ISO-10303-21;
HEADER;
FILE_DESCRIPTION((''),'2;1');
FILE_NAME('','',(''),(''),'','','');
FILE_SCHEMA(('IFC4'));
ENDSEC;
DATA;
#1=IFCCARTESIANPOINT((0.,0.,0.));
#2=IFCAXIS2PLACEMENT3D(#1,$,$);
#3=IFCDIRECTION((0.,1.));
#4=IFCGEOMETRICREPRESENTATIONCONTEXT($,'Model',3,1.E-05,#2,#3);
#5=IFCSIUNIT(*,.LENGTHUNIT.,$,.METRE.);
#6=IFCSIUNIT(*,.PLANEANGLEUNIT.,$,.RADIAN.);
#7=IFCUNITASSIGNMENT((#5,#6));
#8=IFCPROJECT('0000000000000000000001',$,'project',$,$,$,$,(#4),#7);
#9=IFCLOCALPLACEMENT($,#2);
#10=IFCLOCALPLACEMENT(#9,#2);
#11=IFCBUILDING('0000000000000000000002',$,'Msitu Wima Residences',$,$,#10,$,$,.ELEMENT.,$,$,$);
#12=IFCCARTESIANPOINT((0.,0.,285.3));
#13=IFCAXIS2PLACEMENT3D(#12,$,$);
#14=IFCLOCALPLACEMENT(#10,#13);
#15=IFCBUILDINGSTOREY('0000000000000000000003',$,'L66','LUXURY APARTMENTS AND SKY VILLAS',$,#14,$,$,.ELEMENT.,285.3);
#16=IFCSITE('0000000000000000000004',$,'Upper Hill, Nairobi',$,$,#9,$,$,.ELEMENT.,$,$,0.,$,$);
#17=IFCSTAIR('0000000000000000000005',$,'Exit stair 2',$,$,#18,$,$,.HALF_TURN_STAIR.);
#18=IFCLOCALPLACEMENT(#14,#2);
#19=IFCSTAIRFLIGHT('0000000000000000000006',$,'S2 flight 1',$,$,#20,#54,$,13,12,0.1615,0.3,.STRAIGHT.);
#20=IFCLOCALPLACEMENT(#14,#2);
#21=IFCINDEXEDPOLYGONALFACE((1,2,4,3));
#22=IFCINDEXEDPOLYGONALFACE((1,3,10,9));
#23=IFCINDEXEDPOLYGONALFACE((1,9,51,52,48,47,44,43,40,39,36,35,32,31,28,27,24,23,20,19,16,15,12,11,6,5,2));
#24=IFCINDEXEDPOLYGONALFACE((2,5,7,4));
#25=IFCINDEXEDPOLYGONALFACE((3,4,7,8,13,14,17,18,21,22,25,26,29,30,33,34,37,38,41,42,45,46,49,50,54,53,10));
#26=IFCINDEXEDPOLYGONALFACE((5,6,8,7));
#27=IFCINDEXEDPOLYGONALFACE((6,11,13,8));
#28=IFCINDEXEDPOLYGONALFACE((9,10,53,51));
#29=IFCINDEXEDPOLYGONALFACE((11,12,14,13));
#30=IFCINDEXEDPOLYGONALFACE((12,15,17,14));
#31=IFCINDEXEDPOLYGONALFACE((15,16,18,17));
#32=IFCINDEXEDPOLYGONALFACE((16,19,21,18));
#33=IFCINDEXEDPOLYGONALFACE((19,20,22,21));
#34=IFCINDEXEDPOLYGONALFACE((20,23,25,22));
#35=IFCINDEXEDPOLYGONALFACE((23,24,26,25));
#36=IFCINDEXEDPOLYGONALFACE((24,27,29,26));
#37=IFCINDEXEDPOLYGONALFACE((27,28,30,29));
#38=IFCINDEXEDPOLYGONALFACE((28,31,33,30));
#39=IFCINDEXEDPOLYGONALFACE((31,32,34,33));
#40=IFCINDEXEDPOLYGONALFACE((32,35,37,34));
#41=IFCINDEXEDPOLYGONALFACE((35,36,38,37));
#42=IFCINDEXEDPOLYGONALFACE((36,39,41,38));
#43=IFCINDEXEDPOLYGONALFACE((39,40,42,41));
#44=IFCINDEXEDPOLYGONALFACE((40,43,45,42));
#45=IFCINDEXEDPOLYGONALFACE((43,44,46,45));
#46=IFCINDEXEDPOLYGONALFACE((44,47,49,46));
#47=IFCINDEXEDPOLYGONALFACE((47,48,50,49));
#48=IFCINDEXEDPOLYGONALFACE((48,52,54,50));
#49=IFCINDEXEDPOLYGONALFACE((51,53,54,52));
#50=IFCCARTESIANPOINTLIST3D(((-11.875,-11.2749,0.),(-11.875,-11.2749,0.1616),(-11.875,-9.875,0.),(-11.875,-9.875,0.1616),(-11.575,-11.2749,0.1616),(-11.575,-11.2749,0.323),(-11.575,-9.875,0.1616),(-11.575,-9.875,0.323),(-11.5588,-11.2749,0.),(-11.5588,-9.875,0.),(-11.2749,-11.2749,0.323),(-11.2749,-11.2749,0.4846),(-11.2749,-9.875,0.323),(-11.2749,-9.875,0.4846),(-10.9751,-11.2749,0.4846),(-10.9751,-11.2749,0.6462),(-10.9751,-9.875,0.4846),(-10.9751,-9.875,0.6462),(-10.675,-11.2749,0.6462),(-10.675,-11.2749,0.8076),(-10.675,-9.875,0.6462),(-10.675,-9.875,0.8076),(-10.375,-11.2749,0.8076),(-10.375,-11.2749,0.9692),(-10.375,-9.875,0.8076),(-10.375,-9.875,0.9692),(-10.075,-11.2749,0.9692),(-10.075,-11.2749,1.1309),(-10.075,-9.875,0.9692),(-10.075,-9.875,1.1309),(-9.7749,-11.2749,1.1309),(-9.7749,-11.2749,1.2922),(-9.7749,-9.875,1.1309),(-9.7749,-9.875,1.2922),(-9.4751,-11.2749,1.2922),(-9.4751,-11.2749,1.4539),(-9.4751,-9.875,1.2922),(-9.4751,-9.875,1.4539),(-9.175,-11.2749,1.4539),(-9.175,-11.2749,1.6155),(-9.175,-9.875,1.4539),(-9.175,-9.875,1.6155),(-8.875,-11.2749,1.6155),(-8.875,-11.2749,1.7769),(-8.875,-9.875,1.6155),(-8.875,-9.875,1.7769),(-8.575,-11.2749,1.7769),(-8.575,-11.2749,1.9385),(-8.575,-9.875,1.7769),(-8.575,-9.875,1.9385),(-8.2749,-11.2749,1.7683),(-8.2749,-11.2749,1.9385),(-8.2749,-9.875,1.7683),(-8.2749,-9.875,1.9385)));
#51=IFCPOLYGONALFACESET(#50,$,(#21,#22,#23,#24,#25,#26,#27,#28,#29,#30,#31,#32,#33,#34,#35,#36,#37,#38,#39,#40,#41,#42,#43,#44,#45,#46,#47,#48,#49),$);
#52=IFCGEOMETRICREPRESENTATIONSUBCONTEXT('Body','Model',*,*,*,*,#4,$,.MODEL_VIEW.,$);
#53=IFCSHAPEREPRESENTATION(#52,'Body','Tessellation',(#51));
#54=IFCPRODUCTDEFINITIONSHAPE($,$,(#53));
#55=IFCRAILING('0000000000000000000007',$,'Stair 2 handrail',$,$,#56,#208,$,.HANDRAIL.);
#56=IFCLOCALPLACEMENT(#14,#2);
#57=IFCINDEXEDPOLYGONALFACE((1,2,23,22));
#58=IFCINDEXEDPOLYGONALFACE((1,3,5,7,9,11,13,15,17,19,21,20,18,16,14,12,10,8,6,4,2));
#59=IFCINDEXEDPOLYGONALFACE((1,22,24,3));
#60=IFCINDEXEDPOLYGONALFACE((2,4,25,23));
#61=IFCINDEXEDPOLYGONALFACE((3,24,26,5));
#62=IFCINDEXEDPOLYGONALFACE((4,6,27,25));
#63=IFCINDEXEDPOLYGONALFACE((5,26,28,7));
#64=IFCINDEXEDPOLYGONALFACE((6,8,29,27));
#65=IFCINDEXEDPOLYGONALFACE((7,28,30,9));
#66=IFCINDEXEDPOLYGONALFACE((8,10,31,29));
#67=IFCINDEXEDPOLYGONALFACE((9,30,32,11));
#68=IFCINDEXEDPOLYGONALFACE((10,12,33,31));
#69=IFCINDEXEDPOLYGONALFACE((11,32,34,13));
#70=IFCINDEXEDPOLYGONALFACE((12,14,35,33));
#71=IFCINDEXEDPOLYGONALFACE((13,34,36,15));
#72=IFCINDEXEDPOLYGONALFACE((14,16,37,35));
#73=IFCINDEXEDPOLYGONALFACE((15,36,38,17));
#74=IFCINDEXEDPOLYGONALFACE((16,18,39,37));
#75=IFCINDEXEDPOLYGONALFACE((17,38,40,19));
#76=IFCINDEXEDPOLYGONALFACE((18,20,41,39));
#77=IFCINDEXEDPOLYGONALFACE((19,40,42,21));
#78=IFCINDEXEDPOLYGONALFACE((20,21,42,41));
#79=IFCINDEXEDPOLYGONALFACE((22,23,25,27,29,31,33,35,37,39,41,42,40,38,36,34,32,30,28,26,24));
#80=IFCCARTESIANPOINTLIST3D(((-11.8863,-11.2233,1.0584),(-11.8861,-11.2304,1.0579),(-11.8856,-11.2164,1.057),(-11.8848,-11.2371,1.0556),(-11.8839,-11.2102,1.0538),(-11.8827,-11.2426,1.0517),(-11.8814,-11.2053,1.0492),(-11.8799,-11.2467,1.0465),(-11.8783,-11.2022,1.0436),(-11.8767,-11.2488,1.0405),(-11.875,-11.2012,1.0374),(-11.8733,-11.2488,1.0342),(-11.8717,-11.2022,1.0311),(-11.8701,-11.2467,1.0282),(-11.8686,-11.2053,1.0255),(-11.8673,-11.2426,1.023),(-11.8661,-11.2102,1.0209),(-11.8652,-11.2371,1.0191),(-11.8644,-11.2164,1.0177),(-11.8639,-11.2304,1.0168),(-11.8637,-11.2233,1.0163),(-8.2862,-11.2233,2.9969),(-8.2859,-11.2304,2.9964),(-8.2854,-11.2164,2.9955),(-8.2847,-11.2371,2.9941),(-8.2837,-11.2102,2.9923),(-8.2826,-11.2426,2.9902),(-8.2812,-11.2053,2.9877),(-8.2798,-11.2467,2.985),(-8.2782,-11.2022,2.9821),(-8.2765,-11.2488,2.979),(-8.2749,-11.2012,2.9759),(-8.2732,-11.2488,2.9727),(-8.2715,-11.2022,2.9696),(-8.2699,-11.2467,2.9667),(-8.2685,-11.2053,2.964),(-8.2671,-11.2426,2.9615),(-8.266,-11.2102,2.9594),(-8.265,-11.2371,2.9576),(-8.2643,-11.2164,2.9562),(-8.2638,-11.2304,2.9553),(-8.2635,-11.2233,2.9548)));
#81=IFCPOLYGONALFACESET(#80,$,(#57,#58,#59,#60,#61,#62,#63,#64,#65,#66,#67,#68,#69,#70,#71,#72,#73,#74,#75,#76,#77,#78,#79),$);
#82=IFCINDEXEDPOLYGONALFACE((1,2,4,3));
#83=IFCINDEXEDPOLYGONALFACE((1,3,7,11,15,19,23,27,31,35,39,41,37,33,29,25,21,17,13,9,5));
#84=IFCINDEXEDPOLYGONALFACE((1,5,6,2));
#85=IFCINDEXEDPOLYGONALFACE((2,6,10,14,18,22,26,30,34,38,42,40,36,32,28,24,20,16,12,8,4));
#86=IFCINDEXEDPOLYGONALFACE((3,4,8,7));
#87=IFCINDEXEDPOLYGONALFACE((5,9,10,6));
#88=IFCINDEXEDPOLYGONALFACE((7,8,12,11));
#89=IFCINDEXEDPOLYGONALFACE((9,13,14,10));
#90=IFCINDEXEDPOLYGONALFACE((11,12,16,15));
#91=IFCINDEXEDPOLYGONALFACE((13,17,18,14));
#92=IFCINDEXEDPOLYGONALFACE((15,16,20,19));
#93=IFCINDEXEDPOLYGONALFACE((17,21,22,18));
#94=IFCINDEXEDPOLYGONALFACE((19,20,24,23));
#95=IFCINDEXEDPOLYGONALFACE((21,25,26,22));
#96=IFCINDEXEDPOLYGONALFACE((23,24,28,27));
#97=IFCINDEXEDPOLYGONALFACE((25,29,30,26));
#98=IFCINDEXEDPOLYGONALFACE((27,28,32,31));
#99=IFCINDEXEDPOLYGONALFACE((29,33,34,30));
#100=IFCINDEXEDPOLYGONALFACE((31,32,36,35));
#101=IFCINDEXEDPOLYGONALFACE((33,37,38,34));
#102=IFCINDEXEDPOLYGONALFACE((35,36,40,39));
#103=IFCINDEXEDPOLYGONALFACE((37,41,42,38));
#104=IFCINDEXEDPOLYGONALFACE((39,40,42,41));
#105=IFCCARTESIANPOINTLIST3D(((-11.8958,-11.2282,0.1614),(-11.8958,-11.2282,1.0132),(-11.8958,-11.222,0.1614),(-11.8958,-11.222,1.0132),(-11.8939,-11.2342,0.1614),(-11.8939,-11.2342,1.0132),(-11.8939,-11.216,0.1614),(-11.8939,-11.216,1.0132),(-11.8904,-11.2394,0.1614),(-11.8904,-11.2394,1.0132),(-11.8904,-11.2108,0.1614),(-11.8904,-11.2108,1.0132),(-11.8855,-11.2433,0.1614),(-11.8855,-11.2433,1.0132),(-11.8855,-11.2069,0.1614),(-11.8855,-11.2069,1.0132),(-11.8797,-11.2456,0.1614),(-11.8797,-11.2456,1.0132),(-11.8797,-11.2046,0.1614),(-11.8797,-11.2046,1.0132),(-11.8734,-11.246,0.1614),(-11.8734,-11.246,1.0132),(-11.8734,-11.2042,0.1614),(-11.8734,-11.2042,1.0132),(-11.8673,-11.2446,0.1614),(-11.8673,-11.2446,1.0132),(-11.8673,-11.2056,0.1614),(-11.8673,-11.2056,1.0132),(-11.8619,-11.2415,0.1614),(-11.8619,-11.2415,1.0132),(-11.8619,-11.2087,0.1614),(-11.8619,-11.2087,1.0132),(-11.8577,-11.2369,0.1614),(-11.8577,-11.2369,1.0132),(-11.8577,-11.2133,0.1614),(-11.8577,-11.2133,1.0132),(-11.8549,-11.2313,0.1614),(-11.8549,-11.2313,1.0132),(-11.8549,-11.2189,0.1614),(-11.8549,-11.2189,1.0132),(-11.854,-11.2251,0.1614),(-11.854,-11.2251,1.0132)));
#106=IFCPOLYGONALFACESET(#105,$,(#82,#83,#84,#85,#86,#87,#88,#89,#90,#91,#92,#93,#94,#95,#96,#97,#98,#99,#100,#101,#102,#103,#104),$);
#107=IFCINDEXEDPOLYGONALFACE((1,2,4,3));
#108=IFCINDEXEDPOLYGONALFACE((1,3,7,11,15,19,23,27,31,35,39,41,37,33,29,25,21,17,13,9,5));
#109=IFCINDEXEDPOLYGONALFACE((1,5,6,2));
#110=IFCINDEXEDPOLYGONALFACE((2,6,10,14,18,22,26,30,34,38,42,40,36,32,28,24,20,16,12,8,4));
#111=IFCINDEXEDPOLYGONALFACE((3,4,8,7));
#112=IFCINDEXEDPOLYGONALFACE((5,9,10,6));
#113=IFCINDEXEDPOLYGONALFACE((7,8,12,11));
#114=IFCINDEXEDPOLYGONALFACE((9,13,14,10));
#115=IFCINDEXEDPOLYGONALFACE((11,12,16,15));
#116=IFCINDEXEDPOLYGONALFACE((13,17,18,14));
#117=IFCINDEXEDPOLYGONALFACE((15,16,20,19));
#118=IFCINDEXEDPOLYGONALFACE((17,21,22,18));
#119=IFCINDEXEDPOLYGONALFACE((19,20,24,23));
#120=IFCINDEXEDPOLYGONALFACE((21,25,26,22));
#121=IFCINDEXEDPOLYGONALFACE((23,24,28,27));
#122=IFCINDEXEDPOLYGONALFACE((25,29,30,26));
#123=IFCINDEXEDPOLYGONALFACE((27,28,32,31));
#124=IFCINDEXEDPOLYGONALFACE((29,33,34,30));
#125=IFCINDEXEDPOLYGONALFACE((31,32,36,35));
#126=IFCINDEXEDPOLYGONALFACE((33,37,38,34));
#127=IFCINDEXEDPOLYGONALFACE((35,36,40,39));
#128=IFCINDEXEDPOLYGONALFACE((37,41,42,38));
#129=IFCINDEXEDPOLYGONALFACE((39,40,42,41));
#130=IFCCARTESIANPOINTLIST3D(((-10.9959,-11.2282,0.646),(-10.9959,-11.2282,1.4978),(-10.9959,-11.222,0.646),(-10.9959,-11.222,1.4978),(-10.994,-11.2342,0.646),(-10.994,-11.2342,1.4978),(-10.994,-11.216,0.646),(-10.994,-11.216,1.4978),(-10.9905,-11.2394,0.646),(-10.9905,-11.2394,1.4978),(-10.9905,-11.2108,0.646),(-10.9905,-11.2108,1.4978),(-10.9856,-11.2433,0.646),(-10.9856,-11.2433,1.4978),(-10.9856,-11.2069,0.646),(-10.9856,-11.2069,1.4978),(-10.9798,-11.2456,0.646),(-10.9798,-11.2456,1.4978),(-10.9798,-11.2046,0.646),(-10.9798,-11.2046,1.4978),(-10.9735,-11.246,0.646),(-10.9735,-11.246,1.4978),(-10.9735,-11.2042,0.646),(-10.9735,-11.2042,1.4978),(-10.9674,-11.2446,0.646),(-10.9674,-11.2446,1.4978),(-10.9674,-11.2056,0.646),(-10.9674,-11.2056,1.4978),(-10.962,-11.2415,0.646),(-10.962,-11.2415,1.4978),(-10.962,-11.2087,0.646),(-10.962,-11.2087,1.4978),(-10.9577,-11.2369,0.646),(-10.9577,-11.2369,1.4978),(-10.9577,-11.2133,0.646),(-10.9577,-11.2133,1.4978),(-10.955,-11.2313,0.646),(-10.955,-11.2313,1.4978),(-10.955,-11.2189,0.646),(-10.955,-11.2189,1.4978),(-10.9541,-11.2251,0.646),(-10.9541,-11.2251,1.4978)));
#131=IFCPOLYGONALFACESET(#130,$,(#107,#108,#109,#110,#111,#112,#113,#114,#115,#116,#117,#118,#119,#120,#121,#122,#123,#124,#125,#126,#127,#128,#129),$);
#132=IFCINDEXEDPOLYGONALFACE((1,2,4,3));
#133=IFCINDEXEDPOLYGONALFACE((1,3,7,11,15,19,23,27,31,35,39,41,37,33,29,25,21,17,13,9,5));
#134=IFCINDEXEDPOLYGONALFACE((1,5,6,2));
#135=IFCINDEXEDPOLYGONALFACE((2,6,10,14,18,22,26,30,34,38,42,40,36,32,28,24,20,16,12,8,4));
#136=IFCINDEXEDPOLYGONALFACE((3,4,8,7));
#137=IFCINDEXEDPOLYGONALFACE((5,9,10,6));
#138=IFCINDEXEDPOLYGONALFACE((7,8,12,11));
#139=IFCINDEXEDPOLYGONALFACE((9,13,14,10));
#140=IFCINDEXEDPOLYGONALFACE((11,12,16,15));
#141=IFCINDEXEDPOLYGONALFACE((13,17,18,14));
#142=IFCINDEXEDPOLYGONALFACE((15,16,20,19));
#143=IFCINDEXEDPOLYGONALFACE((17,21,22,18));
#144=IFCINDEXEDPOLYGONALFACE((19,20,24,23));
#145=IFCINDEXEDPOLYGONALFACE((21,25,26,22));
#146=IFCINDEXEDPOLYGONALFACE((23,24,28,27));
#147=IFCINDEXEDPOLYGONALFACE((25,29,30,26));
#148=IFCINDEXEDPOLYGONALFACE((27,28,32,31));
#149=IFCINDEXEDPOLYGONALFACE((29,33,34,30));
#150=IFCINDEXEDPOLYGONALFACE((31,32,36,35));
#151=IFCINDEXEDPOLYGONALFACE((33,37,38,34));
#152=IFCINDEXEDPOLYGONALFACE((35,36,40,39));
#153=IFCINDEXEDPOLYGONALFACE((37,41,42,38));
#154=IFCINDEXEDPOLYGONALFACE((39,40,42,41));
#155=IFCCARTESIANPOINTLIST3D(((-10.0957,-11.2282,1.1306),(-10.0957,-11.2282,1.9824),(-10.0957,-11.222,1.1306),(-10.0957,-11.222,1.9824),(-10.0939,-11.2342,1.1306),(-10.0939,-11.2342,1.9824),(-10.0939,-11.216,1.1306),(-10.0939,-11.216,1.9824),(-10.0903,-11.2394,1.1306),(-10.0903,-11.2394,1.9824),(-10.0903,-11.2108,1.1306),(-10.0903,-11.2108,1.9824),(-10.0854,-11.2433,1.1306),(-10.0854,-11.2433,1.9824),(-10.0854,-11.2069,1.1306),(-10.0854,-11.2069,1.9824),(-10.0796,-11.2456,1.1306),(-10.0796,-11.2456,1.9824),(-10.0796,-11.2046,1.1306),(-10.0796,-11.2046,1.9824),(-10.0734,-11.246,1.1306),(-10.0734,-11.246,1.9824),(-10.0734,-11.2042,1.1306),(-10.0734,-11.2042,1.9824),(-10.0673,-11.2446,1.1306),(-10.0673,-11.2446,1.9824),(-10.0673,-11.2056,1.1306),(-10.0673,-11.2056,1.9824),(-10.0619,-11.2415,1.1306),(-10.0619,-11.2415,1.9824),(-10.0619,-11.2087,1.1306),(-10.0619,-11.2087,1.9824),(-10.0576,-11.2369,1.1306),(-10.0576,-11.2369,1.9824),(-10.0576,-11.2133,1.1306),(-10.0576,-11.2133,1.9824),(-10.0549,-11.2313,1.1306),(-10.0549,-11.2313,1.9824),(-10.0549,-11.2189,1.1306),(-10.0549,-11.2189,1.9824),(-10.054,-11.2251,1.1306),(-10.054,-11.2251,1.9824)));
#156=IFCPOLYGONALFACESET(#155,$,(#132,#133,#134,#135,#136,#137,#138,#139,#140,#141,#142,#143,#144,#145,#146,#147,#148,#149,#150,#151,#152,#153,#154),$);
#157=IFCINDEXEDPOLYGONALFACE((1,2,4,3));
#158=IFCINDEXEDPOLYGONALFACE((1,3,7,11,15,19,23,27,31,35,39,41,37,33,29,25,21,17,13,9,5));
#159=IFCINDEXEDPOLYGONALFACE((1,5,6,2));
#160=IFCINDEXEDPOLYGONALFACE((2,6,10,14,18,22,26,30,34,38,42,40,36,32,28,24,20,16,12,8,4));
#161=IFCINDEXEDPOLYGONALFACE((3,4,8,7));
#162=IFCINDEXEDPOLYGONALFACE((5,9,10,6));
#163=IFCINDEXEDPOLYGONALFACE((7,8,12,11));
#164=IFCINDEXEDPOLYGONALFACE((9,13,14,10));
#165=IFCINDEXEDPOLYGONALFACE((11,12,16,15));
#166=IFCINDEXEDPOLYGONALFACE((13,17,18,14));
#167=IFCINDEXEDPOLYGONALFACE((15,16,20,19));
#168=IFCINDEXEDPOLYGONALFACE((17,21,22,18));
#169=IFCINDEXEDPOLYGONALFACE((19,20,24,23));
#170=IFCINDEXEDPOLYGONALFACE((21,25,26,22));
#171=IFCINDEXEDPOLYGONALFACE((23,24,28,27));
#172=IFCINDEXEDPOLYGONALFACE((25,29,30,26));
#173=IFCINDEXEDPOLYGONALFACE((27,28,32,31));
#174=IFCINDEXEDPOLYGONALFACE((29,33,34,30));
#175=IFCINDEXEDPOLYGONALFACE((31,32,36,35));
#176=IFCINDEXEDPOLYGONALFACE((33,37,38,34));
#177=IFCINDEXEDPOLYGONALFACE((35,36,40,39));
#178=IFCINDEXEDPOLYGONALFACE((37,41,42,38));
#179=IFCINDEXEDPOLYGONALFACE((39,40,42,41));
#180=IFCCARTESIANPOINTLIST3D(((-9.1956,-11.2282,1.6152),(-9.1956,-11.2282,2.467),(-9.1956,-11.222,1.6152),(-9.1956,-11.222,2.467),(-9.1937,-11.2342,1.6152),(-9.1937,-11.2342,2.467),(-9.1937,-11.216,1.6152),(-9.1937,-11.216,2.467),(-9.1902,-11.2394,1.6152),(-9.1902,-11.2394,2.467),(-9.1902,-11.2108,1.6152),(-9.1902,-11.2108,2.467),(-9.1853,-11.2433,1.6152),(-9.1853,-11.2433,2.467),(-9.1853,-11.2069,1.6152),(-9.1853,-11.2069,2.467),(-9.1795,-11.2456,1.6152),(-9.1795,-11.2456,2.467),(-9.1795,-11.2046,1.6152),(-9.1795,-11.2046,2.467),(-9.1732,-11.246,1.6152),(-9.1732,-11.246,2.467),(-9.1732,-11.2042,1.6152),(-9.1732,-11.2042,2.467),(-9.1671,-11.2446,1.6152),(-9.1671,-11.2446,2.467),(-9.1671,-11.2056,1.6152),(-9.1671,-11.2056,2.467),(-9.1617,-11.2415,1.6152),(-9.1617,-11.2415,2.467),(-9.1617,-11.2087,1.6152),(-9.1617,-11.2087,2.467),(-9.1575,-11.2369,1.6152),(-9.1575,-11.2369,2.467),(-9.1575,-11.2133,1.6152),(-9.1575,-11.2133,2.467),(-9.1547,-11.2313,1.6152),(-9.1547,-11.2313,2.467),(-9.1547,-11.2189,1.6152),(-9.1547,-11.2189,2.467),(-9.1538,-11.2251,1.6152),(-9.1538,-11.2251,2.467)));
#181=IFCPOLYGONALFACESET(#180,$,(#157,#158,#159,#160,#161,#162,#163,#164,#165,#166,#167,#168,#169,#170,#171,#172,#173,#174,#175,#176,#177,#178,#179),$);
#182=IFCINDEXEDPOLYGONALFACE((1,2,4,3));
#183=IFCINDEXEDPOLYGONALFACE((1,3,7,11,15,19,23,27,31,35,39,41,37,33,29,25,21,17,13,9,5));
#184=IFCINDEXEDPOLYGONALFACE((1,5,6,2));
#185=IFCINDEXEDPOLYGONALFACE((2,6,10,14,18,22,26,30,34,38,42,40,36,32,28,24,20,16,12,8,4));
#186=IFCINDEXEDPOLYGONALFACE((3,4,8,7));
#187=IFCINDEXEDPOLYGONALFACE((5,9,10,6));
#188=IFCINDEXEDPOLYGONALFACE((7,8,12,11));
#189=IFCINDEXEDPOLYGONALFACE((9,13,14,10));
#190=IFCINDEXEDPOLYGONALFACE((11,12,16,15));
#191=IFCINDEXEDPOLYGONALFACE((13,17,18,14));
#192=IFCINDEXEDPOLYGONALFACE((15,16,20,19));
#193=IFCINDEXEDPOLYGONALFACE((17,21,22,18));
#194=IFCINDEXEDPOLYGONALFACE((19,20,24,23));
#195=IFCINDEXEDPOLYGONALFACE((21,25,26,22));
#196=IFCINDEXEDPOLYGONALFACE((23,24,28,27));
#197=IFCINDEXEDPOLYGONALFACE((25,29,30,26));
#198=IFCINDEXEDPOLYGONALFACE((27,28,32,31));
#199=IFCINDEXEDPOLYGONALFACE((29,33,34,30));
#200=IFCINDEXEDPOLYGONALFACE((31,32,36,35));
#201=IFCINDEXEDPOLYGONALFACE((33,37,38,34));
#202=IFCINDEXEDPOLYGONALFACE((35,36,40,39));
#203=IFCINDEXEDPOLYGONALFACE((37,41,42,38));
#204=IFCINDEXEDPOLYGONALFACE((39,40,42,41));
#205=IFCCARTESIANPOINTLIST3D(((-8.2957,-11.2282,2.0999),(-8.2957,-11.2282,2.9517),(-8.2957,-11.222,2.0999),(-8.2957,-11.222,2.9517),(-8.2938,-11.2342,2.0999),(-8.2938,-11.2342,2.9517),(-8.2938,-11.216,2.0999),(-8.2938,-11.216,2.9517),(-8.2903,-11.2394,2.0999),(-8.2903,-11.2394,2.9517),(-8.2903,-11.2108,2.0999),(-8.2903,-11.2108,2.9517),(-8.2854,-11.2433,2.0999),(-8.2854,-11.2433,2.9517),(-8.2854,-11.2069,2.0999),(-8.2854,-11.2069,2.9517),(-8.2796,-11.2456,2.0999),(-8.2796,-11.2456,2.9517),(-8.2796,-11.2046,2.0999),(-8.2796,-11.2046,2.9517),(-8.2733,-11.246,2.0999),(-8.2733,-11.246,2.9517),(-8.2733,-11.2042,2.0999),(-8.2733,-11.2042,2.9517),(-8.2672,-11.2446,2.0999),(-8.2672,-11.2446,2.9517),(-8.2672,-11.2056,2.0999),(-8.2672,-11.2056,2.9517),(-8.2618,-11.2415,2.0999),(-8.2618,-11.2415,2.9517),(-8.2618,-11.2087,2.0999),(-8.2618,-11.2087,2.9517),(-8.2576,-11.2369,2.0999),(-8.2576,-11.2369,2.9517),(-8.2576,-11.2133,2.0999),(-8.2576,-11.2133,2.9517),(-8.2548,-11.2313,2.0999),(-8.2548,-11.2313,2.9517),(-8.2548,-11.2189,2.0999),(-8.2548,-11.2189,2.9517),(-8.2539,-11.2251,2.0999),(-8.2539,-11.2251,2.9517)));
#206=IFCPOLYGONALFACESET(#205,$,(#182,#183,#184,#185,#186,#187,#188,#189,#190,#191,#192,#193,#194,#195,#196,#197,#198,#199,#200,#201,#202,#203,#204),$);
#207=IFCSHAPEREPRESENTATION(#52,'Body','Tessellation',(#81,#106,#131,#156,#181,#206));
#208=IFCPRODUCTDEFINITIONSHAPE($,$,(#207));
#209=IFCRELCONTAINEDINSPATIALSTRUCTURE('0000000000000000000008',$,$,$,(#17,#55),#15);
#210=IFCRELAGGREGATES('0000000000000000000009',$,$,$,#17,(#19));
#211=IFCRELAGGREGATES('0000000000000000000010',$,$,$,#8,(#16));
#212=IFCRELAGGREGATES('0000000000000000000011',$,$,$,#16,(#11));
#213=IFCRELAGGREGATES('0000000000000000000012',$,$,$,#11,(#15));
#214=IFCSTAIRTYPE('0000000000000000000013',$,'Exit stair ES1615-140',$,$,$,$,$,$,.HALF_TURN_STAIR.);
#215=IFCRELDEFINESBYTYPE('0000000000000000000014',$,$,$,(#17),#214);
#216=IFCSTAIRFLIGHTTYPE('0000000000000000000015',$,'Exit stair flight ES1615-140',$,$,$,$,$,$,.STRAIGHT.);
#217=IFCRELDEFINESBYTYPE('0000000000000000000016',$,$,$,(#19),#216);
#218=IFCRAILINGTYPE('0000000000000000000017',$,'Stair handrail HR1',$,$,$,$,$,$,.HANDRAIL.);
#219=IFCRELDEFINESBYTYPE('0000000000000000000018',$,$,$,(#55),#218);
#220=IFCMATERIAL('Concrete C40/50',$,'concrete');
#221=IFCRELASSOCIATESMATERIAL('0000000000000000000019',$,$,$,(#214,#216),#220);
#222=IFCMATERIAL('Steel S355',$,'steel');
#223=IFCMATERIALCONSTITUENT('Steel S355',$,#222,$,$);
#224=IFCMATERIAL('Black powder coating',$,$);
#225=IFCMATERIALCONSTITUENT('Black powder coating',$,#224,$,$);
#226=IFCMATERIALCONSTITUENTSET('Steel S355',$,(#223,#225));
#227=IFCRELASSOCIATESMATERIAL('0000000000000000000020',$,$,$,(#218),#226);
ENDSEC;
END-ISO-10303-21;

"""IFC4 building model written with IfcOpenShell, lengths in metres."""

from ifc_helpers import new_model, si_unit, direction, frame, origin, origin_2d, place, context, subcontext, project, spatial, polyline, circle, outline, extrude, material, constituent, constituent_set, type_object, element, aggregate, save


model = new_model("IFC4")

# Units and contexts
model_context = context("Model", 3, precision=1e-05, world=origin(), true_north=direction((0.0, 1.0)))
body_context = subcontext(model_context, "Body", "Model", "MODEL_VIEW")
ifc_project = project(units=[si_unit("LENGTHUNIT", "METRE"), si_unit("PLANEANGLEUNIT", "RADIAN")], contexts=[model_context])

# Site, building, storey
site_placement = place(None, origin())
site = spatial("IfcSite", under=ifc_project, at=site_placement, Name="Upper Hill, Nairobi", CompositionType="ELEMENT", RefElevation=0.0)
building_placement = place(site_placement, origin())
building = spatial("IfcBuilding", under=site, at=building_placement, Name="Msitu Wima Residences", CompositionType="ELEMENT")
storey_placement = place(building_placement, frame((0.0, 0.0, 285.3)))
storey = spatial("IfcBuildingStorey", under=building, at=storey_placement, Name="L66", Description="LUXURY APARTMENTS AND SKY VILLAS", CompositionType="ELEMENT", Elevation=285.3)

# Stair, stair flight
ifc_material_1 = material(Name="Concrete C40/50", Category="concrete")
stair_type = type_object("IfcStairType", Name="Exit stair ES1615-140", PredefinedType="HALF_TURN_STAIR", material=ifc_material_1)
stair_placement = place(storey_placement, origin())
stair = element("IfcStair", 1, at=stair_placement, inside=storey, type_object=stair_type, Name="Exit stair 2", PredefinedType="HALF_TURN_STAIR")
stair_flight_type = type_object("IfcStairFlightType", Name="Exit stair flight ES1615-140", PredefinedType="STRAIGHT", material=ifc_material_1)
stair_flight_placement = place(storey_placement, frame((-11.875, -10.575, 0.0), z_axis=(0.0, 0.0, 1.0), x_axis=(1.0, 0.0, 0.0)))
stair_flight = element("IfcStairFlight", 2, at=stair_flight_placement, type_object=stair_flight_type, Name="S2 flight 1", NumberOfRisers=13, NumberOfTreads=12, PredefinedType="STRAIGHT", RiserHeight=0.1615, TreadLength=0.3, context=body_context, shape_type="SweptSolid", body=[
    extrude(outline(polyline([(0.0, 0.0), (0.0, 0.1616), (0.3, 0.1616), (0.3, 0.323), (0.6001, 0.323), (0.6001, 0.4846), (0.8999, 0.4846), (0.8999, 0.6462), (1.2, 0.6462), (1.2, 0.8076), (1.5, 0.8076), (1.5, 0.9692), (1.8, 0.9692), (1.8, 1.1309), (2.1001, 1.1309), (2.1001, 1.2922), (2.3999, 1.2922), (2.3999, 1.4539), (2.7, 1.4539), (2.7, 1.6155), (3.0, 1.6155), (3.0, 1.7769), (3.3, 1.7769), (3.3, 1.9385), (3.6001, 1.9385), (3.6001, 2.1001), (3.6001, 1.7683), (0.3162, 0.0), (0.0, 0.0)])), frame((0.0, 0.7, 0.0), z_axis=(0.0, -1.0, 0.0), x_axis=(1.0, 0.0, 0.0)), (0.0, 0.0, 1.0), 1.3999),
])
aggregate(stair, [stair_flight])

# Railing
ifc_material_2 = material(Name="Steel S355", Category="steel")
ifc_constituent_1 = constituent(ifc_material_2, Name="Steel S355")
ifc_material_3 = material(Name="Black powder coating")
ifc_constituent_2 = constituent(ifc_material_3, Name="Black powder coating")
ifc_constituent_set = constituent_set(constituents=[ifc_constituent_1, ifc_constituent_2], Name="Steel S355")
railing_type = type_object("IfcRailingType", Name="Stair handrail HR1", PredefinedType="HANDRAIL", material=ifc_constituent_set)
for number, where, name in (
    (3, (-11.875, -11.2251, 0.1614), "Stair 2 handrail"),
):
    element("IfcRailing", number, at=place(storey_placement, frame(where)), inside=storey, type_object=railing_type, Name=name, PredefinedType="HANDRAIL", context=body_context, shape_type="SweptSolid", body=[
        extrude(circle(Radius=0.0239, at=origin_2d()), frame((0.0, 0.0, 0.876), z_axis=(0.880475, 0.0, 0.474093), x_axis=(0.0, 1.0, 0.0)), (0.0, 0.0, 1.0), 4.0889),
        extrude(circle(Radius=0.021, at=origin_2d()), origin(), (0.0, 0.0, 1.0), 0.8518),
        extrude(circle(Radius=0.021, at=origin_2d()), frame((0.8999, 0.0, 0.4846)), (0.0, 0.0, 1.0), 0.8518),
        extrude(circle(Radius=0.021, at=origin_2d()), frame((1.8, 0.0, 0.9692)), (0.0, 0.0, 1.0), 0.8518),
        extrude(circle(Radius=0.021, at=origin_2d()), frame((2.7002, 0.0, 1.4539)), (0.0, 0.0, 1.0), 0.8518),
        extrude(circle(Radius=0.021, at=origin_2d()), frame((3.6001, 0.0, 1.9385)), (0.0, 0.0, 1.0), 0.8518),
    ])

save(model, "model.ifc")
